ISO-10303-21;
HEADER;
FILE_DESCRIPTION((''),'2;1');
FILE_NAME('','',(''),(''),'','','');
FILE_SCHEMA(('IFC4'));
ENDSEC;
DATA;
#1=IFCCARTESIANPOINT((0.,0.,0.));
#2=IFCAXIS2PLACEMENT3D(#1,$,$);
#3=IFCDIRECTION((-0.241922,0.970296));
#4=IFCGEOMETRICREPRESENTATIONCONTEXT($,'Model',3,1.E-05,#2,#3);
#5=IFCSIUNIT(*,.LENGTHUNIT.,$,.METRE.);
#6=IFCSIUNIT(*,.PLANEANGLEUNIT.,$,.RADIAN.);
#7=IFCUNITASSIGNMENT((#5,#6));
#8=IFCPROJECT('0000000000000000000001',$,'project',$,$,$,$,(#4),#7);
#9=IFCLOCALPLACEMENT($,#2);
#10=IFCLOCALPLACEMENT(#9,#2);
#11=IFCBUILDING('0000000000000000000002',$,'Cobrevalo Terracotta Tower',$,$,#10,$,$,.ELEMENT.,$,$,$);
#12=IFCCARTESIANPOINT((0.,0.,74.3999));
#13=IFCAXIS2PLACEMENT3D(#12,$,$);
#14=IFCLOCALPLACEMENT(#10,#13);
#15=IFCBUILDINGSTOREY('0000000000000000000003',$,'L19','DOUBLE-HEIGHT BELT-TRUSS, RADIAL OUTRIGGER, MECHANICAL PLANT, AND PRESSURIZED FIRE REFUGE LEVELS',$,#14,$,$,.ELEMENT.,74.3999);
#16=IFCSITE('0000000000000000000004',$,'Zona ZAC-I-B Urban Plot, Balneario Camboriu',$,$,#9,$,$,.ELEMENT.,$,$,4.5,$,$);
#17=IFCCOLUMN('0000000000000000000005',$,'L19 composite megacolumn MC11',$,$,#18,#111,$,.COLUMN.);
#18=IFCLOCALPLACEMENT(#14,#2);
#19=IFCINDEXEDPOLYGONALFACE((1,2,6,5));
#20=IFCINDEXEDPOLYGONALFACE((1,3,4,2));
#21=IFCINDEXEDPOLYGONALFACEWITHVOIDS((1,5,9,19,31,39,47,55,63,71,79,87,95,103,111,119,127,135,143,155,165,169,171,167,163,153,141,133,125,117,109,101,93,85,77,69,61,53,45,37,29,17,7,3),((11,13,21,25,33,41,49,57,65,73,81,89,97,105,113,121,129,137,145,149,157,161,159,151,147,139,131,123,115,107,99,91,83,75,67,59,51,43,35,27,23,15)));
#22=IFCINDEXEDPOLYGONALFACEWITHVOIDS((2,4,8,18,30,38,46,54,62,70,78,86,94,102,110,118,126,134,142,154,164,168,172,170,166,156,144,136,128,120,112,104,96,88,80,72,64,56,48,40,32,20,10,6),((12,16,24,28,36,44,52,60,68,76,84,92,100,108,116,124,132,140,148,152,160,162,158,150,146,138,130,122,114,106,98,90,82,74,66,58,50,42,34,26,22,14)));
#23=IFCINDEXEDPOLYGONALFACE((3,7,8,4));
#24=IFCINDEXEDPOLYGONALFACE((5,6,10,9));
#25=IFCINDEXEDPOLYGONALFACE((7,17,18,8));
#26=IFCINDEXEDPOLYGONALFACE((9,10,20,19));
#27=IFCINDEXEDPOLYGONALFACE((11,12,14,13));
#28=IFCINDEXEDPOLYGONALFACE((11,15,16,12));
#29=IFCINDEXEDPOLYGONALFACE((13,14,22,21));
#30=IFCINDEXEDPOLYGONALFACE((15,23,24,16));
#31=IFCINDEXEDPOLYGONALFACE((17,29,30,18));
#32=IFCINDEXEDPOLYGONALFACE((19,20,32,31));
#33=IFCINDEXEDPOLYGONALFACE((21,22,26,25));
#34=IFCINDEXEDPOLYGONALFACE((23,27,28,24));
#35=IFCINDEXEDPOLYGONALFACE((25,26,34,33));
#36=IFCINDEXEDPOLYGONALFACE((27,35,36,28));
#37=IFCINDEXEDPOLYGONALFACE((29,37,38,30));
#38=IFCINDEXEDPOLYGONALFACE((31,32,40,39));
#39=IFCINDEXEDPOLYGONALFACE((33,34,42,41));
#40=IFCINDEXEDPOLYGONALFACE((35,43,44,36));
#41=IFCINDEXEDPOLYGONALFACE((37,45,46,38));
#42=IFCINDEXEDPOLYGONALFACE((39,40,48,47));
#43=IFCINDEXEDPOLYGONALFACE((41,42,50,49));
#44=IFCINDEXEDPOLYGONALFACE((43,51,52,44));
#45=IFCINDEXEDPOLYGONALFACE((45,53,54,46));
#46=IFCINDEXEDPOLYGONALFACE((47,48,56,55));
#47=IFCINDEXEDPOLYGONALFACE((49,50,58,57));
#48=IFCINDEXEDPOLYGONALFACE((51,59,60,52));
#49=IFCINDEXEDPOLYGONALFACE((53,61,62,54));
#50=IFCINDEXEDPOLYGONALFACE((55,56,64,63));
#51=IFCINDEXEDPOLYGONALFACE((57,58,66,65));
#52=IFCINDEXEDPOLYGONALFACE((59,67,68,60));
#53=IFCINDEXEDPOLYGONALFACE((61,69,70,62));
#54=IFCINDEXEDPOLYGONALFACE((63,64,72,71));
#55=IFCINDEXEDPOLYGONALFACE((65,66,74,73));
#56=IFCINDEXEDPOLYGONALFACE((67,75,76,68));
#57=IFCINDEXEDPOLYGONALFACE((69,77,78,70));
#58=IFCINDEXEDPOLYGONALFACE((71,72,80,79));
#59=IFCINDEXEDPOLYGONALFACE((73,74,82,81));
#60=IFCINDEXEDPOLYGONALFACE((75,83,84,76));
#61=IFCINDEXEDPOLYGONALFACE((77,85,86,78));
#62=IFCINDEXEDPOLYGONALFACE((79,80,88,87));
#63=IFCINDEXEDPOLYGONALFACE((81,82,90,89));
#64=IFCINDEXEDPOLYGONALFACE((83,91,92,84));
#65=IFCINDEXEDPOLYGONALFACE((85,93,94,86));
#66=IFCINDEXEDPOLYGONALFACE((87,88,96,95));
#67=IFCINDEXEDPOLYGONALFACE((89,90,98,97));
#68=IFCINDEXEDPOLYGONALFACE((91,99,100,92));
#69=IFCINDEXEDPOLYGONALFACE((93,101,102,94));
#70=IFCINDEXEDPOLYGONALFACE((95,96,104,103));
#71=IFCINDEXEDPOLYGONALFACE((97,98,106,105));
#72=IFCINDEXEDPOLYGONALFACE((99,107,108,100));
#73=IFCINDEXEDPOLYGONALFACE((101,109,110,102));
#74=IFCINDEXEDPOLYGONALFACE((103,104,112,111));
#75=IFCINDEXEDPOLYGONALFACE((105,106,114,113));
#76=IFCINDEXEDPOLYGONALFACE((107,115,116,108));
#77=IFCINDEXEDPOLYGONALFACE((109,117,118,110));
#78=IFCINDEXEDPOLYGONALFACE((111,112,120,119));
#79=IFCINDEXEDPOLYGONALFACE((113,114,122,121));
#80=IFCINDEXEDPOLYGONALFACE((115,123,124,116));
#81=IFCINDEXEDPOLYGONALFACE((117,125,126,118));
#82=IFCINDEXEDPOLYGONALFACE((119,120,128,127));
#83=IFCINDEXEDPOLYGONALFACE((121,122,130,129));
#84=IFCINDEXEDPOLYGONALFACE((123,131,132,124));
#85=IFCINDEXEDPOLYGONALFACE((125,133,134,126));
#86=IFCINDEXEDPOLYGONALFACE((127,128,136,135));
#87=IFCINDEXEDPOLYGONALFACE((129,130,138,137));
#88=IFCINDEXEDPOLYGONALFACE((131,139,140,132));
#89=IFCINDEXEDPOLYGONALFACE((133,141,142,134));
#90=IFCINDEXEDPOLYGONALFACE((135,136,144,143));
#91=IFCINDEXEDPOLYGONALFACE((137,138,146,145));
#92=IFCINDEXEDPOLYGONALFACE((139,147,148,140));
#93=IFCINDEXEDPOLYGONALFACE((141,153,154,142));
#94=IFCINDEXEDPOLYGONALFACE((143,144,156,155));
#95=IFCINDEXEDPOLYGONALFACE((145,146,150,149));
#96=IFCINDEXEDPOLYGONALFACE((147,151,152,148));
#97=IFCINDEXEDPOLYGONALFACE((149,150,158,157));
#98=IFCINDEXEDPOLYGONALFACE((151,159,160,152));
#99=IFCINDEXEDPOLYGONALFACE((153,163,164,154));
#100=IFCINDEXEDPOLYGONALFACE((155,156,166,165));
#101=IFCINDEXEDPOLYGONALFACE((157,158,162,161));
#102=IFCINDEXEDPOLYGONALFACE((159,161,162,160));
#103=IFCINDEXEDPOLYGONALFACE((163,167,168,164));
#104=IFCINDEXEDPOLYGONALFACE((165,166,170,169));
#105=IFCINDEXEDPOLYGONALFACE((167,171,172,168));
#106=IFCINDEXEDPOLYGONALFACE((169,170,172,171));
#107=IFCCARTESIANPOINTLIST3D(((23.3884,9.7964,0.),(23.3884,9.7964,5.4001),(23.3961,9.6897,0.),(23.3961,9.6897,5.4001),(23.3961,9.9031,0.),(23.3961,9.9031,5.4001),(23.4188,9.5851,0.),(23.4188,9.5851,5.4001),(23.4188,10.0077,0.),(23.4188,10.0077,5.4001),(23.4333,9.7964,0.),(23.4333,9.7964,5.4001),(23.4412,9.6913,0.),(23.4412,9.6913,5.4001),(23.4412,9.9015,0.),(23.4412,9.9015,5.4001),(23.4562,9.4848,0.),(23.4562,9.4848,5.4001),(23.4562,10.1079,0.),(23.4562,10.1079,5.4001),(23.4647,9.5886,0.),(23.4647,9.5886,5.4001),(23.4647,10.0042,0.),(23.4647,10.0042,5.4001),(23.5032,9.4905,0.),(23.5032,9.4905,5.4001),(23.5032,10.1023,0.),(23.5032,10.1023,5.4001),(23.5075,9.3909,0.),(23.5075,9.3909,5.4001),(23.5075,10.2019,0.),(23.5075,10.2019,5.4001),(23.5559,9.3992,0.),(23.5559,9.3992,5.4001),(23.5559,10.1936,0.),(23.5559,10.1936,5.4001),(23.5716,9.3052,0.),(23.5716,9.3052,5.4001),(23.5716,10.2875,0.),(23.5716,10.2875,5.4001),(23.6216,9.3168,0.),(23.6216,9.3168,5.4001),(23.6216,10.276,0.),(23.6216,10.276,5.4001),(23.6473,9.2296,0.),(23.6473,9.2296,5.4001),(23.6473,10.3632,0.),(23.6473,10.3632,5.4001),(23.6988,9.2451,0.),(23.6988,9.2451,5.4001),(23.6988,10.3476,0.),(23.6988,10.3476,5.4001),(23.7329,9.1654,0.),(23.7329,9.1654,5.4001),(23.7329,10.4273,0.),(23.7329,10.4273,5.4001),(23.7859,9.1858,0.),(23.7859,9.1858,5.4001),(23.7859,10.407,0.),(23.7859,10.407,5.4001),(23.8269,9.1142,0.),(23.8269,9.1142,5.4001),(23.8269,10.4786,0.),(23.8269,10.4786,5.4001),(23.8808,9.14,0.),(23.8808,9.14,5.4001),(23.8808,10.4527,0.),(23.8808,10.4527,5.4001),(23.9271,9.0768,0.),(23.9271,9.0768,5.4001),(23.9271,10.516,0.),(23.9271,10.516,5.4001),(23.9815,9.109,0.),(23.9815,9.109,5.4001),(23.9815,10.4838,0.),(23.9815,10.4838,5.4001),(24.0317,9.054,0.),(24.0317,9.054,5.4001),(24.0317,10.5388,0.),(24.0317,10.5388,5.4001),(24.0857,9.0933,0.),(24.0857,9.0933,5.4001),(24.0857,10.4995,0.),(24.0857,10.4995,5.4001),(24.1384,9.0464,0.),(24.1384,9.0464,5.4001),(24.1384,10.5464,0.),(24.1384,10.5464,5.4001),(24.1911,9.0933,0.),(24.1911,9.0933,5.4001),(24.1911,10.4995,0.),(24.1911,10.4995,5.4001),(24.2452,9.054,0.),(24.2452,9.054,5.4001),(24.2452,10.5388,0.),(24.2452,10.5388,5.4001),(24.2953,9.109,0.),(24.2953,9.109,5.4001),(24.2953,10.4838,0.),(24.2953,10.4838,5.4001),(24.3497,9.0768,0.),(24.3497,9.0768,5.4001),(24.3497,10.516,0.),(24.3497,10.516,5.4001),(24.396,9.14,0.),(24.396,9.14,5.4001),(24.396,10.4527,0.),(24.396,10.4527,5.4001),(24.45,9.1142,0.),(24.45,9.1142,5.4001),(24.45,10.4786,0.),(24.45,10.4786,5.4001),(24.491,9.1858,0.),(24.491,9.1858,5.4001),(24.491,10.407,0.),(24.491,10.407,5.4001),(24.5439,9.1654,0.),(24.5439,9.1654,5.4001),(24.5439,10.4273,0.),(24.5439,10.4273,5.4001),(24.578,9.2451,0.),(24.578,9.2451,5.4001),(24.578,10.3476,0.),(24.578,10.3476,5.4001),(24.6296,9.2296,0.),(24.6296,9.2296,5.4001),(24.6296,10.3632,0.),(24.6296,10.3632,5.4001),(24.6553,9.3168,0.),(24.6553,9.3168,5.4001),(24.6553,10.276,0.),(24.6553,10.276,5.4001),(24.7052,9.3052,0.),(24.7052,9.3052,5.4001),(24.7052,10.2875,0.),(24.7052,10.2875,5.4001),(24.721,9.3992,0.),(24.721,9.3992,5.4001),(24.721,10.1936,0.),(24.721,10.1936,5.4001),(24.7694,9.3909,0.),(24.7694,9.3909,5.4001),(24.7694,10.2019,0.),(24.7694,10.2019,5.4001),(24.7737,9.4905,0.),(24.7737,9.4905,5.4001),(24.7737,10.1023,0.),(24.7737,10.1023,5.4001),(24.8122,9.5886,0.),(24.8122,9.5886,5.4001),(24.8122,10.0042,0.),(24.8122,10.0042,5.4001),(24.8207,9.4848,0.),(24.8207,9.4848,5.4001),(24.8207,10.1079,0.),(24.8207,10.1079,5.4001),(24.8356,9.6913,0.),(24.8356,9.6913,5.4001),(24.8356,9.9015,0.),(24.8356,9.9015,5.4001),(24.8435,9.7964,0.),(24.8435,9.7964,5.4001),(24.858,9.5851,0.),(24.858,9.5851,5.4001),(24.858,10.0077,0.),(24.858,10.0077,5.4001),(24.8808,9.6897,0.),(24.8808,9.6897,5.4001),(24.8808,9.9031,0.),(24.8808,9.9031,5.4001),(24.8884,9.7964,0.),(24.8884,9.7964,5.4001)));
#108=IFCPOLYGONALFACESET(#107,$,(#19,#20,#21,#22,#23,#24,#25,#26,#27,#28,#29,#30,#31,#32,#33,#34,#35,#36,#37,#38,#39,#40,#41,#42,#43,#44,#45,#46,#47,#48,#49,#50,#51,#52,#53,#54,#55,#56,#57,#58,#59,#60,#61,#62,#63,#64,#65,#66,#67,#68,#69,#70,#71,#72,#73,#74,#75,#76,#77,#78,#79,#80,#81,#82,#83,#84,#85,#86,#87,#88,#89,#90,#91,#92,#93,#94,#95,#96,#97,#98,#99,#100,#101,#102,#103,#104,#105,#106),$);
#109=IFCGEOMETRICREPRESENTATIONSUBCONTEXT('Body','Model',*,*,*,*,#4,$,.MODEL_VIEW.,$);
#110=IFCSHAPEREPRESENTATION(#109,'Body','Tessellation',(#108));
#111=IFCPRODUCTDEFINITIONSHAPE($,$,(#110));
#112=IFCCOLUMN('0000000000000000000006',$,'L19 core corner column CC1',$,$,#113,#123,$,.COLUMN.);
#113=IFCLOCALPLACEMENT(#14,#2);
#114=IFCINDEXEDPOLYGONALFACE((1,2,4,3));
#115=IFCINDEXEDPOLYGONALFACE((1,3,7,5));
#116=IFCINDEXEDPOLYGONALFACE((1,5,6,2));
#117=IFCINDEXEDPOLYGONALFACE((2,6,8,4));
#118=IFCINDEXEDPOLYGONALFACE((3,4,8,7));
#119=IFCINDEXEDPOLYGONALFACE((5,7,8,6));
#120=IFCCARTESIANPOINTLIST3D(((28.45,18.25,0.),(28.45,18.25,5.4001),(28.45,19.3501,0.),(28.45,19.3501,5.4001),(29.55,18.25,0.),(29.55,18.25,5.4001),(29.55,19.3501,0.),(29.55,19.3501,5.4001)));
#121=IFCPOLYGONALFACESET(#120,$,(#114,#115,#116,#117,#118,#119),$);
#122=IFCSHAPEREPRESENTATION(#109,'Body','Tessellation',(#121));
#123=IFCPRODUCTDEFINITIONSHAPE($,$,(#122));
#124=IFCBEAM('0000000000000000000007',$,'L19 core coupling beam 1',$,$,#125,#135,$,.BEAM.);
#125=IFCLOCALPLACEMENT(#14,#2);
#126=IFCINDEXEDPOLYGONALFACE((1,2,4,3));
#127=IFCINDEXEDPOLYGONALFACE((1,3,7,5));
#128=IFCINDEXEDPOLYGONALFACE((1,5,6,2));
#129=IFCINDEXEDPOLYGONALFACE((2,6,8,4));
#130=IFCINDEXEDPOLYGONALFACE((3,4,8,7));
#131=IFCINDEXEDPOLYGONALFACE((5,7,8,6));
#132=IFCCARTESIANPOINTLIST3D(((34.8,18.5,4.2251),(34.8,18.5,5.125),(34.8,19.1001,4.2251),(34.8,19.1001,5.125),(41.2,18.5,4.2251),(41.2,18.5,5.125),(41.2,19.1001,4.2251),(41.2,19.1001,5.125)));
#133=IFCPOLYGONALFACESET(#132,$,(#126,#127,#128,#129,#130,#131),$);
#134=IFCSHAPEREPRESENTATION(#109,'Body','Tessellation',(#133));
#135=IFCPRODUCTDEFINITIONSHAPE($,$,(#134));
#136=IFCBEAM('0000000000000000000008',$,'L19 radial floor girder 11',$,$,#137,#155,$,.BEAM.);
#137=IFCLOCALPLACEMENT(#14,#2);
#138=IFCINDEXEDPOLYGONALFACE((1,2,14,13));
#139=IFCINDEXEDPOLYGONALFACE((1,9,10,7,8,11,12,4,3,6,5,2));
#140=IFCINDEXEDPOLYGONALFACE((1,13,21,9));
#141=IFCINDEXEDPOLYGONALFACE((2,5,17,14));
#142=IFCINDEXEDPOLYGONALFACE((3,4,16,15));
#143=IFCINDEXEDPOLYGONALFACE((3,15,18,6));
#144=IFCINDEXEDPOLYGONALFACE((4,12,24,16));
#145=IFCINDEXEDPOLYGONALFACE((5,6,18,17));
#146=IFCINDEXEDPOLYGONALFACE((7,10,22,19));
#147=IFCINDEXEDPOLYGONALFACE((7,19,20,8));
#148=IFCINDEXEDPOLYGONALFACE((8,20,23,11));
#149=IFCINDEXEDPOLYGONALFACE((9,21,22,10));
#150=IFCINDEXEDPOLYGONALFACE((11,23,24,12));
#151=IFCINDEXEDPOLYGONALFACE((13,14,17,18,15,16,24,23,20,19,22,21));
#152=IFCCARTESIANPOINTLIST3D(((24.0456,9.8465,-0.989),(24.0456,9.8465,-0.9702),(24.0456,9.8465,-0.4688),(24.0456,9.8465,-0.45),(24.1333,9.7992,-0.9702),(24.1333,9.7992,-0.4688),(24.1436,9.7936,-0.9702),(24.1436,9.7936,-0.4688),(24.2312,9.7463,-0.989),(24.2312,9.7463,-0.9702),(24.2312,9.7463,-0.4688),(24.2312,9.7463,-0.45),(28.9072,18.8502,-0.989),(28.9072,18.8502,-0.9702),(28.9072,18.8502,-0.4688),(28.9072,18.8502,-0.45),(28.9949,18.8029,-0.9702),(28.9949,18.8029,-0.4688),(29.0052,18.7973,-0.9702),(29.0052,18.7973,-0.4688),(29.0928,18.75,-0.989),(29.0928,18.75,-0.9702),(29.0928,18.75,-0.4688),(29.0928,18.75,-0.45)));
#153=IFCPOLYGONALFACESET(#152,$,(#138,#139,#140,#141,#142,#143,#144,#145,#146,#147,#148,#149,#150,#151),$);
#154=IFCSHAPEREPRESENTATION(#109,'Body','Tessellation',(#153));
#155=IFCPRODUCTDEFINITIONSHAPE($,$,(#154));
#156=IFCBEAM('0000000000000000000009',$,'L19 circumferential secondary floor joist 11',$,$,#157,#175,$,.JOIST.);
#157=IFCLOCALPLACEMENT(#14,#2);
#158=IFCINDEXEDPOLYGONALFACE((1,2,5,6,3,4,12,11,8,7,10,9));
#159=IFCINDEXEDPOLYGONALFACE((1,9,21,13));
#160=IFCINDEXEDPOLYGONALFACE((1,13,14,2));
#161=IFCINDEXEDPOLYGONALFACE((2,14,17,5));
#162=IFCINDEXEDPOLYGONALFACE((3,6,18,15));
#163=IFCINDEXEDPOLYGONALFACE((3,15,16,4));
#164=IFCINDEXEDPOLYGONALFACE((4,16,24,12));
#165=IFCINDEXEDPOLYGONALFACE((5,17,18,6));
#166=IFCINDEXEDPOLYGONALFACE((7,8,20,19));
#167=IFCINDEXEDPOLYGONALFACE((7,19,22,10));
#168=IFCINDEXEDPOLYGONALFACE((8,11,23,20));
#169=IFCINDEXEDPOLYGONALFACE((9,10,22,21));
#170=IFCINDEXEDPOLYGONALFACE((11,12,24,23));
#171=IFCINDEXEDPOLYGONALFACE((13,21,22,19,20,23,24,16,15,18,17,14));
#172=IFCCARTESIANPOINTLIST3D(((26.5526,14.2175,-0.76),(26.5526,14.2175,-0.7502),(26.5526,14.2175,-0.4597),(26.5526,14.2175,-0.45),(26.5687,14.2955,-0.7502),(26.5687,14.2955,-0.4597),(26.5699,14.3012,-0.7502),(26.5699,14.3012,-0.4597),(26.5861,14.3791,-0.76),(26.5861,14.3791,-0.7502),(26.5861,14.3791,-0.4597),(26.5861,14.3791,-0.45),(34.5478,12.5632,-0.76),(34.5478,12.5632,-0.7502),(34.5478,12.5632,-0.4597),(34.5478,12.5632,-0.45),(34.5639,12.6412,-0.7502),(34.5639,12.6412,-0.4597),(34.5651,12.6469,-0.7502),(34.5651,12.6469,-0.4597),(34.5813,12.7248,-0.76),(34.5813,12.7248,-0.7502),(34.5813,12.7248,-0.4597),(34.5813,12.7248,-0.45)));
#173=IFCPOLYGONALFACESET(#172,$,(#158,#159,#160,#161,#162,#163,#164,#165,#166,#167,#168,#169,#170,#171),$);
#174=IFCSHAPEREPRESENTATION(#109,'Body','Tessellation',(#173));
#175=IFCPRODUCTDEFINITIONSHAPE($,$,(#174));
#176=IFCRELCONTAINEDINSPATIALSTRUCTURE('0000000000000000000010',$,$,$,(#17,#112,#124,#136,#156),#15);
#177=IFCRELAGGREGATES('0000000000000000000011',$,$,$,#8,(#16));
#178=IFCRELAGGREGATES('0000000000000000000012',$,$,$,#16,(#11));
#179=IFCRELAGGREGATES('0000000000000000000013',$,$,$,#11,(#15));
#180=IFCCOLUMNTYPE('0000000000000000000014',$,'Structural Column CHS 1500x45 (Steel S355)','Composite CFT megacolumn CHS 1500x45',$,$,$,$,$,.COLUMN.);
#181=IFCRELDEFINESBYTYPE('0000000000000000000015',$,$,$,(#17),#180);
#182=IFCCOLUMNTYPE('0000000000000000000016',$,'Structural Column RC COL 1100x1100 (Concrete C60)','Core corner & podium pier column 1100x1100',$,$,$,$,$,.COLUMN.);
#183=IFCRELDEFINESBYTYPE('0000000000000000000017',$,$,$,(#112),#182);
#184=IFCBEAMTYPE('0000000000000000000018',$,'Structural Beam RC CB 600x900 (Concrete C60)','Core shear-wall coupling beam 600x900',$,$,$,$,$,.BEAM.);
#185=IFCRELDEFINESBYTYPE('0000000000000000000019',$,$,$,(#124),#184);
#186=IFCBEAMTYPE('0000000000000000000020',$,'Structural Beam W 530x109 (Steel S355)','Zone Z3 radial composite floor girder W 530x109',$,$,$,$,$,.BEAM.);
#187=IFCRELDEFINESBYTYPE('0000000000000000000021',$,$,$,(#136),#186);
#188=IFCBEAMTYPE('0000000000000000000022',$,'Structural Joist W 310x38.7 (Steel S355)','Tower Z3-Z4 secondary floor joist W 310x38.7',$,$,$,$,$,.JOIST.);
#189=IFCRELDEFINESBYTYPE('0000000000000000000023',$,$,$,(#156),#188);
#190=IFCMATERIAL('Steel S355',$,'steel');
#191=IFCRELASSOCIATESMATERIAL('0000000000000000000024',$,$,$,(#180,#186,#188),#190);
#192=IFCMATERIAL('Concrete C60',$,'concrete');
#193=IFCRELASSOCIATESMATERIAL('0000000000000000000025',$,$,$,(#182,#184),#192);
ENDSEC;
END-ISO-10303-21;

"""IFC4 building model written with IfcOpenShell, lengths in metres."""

from ifc_helpers import new_model, si_unit, direction, frame, origin, origin_2d, place, context, subcontext, project, spatial, rectangle, hollow_circle, i_section, extrude, material, material_profile, profile_set, type_object, element, save


model = new_model("IFC4")

# Units and contexts
model_context = context("Model", 3, precision=1e-05, world=origin(), true_north=direction((-0.241922, 0.970296)))
body_context = subcontext(model_context, "Body", "Model", "MODEL_VIEW")
ifc_project = project(units=[si_unit("LENGTHUNIT", "METRE"), si_unit("PLANEANGLEUNIT", "RADIAN")], contexts=[model_context])

# Site, building, storey
site_placement = place(None, origin())
site = spatial("IfcSite", under=ifc_project, at=site_placement, Name="Zona ZAC-I-B Urban Plot, Balneario Camboriu", CompositionType="ELEMENT", RefElevation=4.5)
building_placement = place(site_placement, origin())
building = spatial("IfcBuilding", under=site, at=building_placement, Name="Cobrevalo Terracotta Tower", CompositionType="ELEMENT")
storey_placement = place(building_placement, frame((0.0, 0.0, 74.3999)))
storey = spatial("IfcBuildingStorey", under=building, at=storey_placement, Name="L19", Description="DOUBLE-HEIGHT BELT-TRUSS, RADIAL OUTRIGGER, MECHANICAL PLANT, AND PRESSURIZED FIRE REFUGE LEVELS", CompositionType="ELEMENT", Elevation=74.3999)

# Columns
ifc_material_1 = material(Name="Steel S355", Category="steel")
ifc_material_profile_1 = material_profile(ifc_material_1, hollow_circle(Radius=0.75, WallThickness=0.0449, at=origin_2d()), Name="CHS 1500x45")
ifc_profile_set_1 = profile_set([ifc_material_profile_1], Name="Steel S355")
column_type_1 = type_object("IfcColumnType", Name="Structural Column CHS 1500x45 (Steel S355)", Description="Composite CFT megacolumn CHS 1500x45", PredefinedType="COLUMN", material=ifc_profile_set_1)
column_1_placement = place(storey_placement, frame((24.1384, 9.7964, 0.0), z_axis=(0.0, 0.0, 1.0), x_axis=(1.0, 0.0, 0.0)))
element("IfcColumn", 1, at=column_1_placement, inside=storey, type_object=column_type_1, Name="L19 composite megacolumn MC11", PredefinedType="COLUMN", context=body_context, shape_type="SweptSolid", body=[
    extrude(hollow_circle(Radius=0.75, WallThickness=0.0449, at=origin_2d()), origin(), (0.0, 0.0, 1.0), 5.4001),
])
ifc_material_2 = material(Name="Concrete C60", Category="concrete")
ifc_material_profile_2 = material_profile(ifc_material_2, rectangle(XDim=1.1001, YDim=1.1001, at=origin_2d()), Name="RC COL 1100x1100")
ifc_profile_set_2 = profile_set([ifc_material_profile_2], Name="Concrete C60")
column_type_2 = type_object("IfcColumnType", Name="Structural Column RC COL 1100x1100 (Concrete C60)", Description="Core corner & podium pier column 1100x1100", PredefinedType="COLUMN", material=ifc_profile_set_2)
column_2_placement = place(storey_placement, frame((29.0, 18.8, 0.0), z_axis=(0.0, 0.0, 1.0), x_axis=(1.0, 0.0, 0.0)))
element("IfcColumn", 2, at=column_2_placement, inside=storey, type_object=column_type_2, Name="L19 core corner column CC1", PredefinedType="COLUMN", context=body_context, shape_type="SweptSolid", body=[
    extrude(rectangle(XDim=1.1001, YDim=1.1001, at=origin_2d()), origin(), (0.0, 0.0, 1.0), 5.4001),
])

# Beams
ifc_material_profile_3 = material_profile(ifc_material_2, rectangle(XDim=0.6001, YDim=0.8999, at=origin_2d()), Name="RC CB 600x900")
ifc_profile_set_3 = profile_set([ifc_material_profile_3], Name="Concrete C60")
beam_type_1 = type_object("IfcBeamType", Name="Structural Beam RC CB 600x900 (Concrete C60)", Description="Core shear-wall coupling beam 600x900", PredefinedType="BEAM", material=ifc_profile_set_3)
beam_1_placement = place(storey_placement, frame((34.8, 18.8, 4.675), z_axis=(1.0, 0.0, 0.0), x_axis=(0.0, 1.0, 0.0)))
element("IfcBeam", 3, at=beam_1_placement, inside=storey, type_object=beam_type_1, Name="L19 core coupling beam 1", PredefinedType="BEAM", context=body_context, shape_type="SweptSolid", body=[
    extrude(rectangle(XDim=0.6001, YDim=0.8999, at=origin_2d()), origin(), (0.0, 0.0, 1.0), 6.3999),
])
ifc_material_profile_4 = material_profile(ifc_material_1, i_section(OverallWidth=0.2109, OverallDepth=0.5391, WebThickness=0.0117, FlangeThickness=0.0188, at=origin_2d()), Name="W 530x109")
ifc_profile_set_4 = profile_set([ifc_material_profile_4], Name="Steel S355")
beam_type_2 = type_object("IfcBeamType", Name="Structural Beam W 530x109 (Steel S355)", Description="Zone Z3 radial composite floor girder W 530x109", PredefinedType="BEAM", material=ifc_profile_set_4)
beam_2_placement = place(storey_placement, frame((24.1384, 9.7964, -0.7195), z_axis=(0.475118, 0.879922, 0.0), x_axis=(-0.879922, 0.475118, 0.0)))
element("IfcBeam", 4, at=beam_2_placement, inside=storey, type_object=beam_type_2, Name="L19 radial floor girder 11", PredefinedType="BEAM", context=body_context, shape_type="SweptSolid", body=[
    extrude(i_section(OverallWidth=0.2109, OverallDepth=0.5391, WebThickness=0.0117, FlangeThickness=0.0188, at=origin_2d()), origin(), (0.0, 0.0, 1.0), 10.2324),
])
ifc_material_profile_5 = material_profile(ifc_material_1, i_section(OverallWidth=0.165, OverallDepth=0.3101, WebThickness=0.0059, FlangeThickness=0.0098, at=origin_2d()), Name="W 310x38.7")
ifc_profile_set_5 = profile_set([ifc_material_profile_5], Name="Steel S355")
beam_type_3 = type_object("IfcBeamType", Name="Structural Joist W 310x38.7 (Steel S355)", Description="Tower Z3-Z4 secondary floor joist W 310x38.7", PredefinedType="JOIST", material=ifc_profile_set_5)
beam_3_placement = place(storey_placement, frame((26.5693, 14.2983, -0.605), z_axis=(0.979257, -0.202621, 0.0), x_axis=(0.202621, 0.979257, 0.0)))
element("IfcBeam", 5, at=beam_3_placement, inside=storey, type_object=beam_type_3, Name="L19 circumferential secondary floor joist 11", PredefinedType="JOIST", context=body_context, shape_type="SweptSolid", body=[
    extrude(i_section(OverallWidth=0.165, OverallDepth=0.3101, WebThickness=0.0059, FlangeThickness=0.0098, at=origin_2d()), origin(), (0.0, 0.0, 1.0), 8.1646),
])

save(model, "model.ifc")
